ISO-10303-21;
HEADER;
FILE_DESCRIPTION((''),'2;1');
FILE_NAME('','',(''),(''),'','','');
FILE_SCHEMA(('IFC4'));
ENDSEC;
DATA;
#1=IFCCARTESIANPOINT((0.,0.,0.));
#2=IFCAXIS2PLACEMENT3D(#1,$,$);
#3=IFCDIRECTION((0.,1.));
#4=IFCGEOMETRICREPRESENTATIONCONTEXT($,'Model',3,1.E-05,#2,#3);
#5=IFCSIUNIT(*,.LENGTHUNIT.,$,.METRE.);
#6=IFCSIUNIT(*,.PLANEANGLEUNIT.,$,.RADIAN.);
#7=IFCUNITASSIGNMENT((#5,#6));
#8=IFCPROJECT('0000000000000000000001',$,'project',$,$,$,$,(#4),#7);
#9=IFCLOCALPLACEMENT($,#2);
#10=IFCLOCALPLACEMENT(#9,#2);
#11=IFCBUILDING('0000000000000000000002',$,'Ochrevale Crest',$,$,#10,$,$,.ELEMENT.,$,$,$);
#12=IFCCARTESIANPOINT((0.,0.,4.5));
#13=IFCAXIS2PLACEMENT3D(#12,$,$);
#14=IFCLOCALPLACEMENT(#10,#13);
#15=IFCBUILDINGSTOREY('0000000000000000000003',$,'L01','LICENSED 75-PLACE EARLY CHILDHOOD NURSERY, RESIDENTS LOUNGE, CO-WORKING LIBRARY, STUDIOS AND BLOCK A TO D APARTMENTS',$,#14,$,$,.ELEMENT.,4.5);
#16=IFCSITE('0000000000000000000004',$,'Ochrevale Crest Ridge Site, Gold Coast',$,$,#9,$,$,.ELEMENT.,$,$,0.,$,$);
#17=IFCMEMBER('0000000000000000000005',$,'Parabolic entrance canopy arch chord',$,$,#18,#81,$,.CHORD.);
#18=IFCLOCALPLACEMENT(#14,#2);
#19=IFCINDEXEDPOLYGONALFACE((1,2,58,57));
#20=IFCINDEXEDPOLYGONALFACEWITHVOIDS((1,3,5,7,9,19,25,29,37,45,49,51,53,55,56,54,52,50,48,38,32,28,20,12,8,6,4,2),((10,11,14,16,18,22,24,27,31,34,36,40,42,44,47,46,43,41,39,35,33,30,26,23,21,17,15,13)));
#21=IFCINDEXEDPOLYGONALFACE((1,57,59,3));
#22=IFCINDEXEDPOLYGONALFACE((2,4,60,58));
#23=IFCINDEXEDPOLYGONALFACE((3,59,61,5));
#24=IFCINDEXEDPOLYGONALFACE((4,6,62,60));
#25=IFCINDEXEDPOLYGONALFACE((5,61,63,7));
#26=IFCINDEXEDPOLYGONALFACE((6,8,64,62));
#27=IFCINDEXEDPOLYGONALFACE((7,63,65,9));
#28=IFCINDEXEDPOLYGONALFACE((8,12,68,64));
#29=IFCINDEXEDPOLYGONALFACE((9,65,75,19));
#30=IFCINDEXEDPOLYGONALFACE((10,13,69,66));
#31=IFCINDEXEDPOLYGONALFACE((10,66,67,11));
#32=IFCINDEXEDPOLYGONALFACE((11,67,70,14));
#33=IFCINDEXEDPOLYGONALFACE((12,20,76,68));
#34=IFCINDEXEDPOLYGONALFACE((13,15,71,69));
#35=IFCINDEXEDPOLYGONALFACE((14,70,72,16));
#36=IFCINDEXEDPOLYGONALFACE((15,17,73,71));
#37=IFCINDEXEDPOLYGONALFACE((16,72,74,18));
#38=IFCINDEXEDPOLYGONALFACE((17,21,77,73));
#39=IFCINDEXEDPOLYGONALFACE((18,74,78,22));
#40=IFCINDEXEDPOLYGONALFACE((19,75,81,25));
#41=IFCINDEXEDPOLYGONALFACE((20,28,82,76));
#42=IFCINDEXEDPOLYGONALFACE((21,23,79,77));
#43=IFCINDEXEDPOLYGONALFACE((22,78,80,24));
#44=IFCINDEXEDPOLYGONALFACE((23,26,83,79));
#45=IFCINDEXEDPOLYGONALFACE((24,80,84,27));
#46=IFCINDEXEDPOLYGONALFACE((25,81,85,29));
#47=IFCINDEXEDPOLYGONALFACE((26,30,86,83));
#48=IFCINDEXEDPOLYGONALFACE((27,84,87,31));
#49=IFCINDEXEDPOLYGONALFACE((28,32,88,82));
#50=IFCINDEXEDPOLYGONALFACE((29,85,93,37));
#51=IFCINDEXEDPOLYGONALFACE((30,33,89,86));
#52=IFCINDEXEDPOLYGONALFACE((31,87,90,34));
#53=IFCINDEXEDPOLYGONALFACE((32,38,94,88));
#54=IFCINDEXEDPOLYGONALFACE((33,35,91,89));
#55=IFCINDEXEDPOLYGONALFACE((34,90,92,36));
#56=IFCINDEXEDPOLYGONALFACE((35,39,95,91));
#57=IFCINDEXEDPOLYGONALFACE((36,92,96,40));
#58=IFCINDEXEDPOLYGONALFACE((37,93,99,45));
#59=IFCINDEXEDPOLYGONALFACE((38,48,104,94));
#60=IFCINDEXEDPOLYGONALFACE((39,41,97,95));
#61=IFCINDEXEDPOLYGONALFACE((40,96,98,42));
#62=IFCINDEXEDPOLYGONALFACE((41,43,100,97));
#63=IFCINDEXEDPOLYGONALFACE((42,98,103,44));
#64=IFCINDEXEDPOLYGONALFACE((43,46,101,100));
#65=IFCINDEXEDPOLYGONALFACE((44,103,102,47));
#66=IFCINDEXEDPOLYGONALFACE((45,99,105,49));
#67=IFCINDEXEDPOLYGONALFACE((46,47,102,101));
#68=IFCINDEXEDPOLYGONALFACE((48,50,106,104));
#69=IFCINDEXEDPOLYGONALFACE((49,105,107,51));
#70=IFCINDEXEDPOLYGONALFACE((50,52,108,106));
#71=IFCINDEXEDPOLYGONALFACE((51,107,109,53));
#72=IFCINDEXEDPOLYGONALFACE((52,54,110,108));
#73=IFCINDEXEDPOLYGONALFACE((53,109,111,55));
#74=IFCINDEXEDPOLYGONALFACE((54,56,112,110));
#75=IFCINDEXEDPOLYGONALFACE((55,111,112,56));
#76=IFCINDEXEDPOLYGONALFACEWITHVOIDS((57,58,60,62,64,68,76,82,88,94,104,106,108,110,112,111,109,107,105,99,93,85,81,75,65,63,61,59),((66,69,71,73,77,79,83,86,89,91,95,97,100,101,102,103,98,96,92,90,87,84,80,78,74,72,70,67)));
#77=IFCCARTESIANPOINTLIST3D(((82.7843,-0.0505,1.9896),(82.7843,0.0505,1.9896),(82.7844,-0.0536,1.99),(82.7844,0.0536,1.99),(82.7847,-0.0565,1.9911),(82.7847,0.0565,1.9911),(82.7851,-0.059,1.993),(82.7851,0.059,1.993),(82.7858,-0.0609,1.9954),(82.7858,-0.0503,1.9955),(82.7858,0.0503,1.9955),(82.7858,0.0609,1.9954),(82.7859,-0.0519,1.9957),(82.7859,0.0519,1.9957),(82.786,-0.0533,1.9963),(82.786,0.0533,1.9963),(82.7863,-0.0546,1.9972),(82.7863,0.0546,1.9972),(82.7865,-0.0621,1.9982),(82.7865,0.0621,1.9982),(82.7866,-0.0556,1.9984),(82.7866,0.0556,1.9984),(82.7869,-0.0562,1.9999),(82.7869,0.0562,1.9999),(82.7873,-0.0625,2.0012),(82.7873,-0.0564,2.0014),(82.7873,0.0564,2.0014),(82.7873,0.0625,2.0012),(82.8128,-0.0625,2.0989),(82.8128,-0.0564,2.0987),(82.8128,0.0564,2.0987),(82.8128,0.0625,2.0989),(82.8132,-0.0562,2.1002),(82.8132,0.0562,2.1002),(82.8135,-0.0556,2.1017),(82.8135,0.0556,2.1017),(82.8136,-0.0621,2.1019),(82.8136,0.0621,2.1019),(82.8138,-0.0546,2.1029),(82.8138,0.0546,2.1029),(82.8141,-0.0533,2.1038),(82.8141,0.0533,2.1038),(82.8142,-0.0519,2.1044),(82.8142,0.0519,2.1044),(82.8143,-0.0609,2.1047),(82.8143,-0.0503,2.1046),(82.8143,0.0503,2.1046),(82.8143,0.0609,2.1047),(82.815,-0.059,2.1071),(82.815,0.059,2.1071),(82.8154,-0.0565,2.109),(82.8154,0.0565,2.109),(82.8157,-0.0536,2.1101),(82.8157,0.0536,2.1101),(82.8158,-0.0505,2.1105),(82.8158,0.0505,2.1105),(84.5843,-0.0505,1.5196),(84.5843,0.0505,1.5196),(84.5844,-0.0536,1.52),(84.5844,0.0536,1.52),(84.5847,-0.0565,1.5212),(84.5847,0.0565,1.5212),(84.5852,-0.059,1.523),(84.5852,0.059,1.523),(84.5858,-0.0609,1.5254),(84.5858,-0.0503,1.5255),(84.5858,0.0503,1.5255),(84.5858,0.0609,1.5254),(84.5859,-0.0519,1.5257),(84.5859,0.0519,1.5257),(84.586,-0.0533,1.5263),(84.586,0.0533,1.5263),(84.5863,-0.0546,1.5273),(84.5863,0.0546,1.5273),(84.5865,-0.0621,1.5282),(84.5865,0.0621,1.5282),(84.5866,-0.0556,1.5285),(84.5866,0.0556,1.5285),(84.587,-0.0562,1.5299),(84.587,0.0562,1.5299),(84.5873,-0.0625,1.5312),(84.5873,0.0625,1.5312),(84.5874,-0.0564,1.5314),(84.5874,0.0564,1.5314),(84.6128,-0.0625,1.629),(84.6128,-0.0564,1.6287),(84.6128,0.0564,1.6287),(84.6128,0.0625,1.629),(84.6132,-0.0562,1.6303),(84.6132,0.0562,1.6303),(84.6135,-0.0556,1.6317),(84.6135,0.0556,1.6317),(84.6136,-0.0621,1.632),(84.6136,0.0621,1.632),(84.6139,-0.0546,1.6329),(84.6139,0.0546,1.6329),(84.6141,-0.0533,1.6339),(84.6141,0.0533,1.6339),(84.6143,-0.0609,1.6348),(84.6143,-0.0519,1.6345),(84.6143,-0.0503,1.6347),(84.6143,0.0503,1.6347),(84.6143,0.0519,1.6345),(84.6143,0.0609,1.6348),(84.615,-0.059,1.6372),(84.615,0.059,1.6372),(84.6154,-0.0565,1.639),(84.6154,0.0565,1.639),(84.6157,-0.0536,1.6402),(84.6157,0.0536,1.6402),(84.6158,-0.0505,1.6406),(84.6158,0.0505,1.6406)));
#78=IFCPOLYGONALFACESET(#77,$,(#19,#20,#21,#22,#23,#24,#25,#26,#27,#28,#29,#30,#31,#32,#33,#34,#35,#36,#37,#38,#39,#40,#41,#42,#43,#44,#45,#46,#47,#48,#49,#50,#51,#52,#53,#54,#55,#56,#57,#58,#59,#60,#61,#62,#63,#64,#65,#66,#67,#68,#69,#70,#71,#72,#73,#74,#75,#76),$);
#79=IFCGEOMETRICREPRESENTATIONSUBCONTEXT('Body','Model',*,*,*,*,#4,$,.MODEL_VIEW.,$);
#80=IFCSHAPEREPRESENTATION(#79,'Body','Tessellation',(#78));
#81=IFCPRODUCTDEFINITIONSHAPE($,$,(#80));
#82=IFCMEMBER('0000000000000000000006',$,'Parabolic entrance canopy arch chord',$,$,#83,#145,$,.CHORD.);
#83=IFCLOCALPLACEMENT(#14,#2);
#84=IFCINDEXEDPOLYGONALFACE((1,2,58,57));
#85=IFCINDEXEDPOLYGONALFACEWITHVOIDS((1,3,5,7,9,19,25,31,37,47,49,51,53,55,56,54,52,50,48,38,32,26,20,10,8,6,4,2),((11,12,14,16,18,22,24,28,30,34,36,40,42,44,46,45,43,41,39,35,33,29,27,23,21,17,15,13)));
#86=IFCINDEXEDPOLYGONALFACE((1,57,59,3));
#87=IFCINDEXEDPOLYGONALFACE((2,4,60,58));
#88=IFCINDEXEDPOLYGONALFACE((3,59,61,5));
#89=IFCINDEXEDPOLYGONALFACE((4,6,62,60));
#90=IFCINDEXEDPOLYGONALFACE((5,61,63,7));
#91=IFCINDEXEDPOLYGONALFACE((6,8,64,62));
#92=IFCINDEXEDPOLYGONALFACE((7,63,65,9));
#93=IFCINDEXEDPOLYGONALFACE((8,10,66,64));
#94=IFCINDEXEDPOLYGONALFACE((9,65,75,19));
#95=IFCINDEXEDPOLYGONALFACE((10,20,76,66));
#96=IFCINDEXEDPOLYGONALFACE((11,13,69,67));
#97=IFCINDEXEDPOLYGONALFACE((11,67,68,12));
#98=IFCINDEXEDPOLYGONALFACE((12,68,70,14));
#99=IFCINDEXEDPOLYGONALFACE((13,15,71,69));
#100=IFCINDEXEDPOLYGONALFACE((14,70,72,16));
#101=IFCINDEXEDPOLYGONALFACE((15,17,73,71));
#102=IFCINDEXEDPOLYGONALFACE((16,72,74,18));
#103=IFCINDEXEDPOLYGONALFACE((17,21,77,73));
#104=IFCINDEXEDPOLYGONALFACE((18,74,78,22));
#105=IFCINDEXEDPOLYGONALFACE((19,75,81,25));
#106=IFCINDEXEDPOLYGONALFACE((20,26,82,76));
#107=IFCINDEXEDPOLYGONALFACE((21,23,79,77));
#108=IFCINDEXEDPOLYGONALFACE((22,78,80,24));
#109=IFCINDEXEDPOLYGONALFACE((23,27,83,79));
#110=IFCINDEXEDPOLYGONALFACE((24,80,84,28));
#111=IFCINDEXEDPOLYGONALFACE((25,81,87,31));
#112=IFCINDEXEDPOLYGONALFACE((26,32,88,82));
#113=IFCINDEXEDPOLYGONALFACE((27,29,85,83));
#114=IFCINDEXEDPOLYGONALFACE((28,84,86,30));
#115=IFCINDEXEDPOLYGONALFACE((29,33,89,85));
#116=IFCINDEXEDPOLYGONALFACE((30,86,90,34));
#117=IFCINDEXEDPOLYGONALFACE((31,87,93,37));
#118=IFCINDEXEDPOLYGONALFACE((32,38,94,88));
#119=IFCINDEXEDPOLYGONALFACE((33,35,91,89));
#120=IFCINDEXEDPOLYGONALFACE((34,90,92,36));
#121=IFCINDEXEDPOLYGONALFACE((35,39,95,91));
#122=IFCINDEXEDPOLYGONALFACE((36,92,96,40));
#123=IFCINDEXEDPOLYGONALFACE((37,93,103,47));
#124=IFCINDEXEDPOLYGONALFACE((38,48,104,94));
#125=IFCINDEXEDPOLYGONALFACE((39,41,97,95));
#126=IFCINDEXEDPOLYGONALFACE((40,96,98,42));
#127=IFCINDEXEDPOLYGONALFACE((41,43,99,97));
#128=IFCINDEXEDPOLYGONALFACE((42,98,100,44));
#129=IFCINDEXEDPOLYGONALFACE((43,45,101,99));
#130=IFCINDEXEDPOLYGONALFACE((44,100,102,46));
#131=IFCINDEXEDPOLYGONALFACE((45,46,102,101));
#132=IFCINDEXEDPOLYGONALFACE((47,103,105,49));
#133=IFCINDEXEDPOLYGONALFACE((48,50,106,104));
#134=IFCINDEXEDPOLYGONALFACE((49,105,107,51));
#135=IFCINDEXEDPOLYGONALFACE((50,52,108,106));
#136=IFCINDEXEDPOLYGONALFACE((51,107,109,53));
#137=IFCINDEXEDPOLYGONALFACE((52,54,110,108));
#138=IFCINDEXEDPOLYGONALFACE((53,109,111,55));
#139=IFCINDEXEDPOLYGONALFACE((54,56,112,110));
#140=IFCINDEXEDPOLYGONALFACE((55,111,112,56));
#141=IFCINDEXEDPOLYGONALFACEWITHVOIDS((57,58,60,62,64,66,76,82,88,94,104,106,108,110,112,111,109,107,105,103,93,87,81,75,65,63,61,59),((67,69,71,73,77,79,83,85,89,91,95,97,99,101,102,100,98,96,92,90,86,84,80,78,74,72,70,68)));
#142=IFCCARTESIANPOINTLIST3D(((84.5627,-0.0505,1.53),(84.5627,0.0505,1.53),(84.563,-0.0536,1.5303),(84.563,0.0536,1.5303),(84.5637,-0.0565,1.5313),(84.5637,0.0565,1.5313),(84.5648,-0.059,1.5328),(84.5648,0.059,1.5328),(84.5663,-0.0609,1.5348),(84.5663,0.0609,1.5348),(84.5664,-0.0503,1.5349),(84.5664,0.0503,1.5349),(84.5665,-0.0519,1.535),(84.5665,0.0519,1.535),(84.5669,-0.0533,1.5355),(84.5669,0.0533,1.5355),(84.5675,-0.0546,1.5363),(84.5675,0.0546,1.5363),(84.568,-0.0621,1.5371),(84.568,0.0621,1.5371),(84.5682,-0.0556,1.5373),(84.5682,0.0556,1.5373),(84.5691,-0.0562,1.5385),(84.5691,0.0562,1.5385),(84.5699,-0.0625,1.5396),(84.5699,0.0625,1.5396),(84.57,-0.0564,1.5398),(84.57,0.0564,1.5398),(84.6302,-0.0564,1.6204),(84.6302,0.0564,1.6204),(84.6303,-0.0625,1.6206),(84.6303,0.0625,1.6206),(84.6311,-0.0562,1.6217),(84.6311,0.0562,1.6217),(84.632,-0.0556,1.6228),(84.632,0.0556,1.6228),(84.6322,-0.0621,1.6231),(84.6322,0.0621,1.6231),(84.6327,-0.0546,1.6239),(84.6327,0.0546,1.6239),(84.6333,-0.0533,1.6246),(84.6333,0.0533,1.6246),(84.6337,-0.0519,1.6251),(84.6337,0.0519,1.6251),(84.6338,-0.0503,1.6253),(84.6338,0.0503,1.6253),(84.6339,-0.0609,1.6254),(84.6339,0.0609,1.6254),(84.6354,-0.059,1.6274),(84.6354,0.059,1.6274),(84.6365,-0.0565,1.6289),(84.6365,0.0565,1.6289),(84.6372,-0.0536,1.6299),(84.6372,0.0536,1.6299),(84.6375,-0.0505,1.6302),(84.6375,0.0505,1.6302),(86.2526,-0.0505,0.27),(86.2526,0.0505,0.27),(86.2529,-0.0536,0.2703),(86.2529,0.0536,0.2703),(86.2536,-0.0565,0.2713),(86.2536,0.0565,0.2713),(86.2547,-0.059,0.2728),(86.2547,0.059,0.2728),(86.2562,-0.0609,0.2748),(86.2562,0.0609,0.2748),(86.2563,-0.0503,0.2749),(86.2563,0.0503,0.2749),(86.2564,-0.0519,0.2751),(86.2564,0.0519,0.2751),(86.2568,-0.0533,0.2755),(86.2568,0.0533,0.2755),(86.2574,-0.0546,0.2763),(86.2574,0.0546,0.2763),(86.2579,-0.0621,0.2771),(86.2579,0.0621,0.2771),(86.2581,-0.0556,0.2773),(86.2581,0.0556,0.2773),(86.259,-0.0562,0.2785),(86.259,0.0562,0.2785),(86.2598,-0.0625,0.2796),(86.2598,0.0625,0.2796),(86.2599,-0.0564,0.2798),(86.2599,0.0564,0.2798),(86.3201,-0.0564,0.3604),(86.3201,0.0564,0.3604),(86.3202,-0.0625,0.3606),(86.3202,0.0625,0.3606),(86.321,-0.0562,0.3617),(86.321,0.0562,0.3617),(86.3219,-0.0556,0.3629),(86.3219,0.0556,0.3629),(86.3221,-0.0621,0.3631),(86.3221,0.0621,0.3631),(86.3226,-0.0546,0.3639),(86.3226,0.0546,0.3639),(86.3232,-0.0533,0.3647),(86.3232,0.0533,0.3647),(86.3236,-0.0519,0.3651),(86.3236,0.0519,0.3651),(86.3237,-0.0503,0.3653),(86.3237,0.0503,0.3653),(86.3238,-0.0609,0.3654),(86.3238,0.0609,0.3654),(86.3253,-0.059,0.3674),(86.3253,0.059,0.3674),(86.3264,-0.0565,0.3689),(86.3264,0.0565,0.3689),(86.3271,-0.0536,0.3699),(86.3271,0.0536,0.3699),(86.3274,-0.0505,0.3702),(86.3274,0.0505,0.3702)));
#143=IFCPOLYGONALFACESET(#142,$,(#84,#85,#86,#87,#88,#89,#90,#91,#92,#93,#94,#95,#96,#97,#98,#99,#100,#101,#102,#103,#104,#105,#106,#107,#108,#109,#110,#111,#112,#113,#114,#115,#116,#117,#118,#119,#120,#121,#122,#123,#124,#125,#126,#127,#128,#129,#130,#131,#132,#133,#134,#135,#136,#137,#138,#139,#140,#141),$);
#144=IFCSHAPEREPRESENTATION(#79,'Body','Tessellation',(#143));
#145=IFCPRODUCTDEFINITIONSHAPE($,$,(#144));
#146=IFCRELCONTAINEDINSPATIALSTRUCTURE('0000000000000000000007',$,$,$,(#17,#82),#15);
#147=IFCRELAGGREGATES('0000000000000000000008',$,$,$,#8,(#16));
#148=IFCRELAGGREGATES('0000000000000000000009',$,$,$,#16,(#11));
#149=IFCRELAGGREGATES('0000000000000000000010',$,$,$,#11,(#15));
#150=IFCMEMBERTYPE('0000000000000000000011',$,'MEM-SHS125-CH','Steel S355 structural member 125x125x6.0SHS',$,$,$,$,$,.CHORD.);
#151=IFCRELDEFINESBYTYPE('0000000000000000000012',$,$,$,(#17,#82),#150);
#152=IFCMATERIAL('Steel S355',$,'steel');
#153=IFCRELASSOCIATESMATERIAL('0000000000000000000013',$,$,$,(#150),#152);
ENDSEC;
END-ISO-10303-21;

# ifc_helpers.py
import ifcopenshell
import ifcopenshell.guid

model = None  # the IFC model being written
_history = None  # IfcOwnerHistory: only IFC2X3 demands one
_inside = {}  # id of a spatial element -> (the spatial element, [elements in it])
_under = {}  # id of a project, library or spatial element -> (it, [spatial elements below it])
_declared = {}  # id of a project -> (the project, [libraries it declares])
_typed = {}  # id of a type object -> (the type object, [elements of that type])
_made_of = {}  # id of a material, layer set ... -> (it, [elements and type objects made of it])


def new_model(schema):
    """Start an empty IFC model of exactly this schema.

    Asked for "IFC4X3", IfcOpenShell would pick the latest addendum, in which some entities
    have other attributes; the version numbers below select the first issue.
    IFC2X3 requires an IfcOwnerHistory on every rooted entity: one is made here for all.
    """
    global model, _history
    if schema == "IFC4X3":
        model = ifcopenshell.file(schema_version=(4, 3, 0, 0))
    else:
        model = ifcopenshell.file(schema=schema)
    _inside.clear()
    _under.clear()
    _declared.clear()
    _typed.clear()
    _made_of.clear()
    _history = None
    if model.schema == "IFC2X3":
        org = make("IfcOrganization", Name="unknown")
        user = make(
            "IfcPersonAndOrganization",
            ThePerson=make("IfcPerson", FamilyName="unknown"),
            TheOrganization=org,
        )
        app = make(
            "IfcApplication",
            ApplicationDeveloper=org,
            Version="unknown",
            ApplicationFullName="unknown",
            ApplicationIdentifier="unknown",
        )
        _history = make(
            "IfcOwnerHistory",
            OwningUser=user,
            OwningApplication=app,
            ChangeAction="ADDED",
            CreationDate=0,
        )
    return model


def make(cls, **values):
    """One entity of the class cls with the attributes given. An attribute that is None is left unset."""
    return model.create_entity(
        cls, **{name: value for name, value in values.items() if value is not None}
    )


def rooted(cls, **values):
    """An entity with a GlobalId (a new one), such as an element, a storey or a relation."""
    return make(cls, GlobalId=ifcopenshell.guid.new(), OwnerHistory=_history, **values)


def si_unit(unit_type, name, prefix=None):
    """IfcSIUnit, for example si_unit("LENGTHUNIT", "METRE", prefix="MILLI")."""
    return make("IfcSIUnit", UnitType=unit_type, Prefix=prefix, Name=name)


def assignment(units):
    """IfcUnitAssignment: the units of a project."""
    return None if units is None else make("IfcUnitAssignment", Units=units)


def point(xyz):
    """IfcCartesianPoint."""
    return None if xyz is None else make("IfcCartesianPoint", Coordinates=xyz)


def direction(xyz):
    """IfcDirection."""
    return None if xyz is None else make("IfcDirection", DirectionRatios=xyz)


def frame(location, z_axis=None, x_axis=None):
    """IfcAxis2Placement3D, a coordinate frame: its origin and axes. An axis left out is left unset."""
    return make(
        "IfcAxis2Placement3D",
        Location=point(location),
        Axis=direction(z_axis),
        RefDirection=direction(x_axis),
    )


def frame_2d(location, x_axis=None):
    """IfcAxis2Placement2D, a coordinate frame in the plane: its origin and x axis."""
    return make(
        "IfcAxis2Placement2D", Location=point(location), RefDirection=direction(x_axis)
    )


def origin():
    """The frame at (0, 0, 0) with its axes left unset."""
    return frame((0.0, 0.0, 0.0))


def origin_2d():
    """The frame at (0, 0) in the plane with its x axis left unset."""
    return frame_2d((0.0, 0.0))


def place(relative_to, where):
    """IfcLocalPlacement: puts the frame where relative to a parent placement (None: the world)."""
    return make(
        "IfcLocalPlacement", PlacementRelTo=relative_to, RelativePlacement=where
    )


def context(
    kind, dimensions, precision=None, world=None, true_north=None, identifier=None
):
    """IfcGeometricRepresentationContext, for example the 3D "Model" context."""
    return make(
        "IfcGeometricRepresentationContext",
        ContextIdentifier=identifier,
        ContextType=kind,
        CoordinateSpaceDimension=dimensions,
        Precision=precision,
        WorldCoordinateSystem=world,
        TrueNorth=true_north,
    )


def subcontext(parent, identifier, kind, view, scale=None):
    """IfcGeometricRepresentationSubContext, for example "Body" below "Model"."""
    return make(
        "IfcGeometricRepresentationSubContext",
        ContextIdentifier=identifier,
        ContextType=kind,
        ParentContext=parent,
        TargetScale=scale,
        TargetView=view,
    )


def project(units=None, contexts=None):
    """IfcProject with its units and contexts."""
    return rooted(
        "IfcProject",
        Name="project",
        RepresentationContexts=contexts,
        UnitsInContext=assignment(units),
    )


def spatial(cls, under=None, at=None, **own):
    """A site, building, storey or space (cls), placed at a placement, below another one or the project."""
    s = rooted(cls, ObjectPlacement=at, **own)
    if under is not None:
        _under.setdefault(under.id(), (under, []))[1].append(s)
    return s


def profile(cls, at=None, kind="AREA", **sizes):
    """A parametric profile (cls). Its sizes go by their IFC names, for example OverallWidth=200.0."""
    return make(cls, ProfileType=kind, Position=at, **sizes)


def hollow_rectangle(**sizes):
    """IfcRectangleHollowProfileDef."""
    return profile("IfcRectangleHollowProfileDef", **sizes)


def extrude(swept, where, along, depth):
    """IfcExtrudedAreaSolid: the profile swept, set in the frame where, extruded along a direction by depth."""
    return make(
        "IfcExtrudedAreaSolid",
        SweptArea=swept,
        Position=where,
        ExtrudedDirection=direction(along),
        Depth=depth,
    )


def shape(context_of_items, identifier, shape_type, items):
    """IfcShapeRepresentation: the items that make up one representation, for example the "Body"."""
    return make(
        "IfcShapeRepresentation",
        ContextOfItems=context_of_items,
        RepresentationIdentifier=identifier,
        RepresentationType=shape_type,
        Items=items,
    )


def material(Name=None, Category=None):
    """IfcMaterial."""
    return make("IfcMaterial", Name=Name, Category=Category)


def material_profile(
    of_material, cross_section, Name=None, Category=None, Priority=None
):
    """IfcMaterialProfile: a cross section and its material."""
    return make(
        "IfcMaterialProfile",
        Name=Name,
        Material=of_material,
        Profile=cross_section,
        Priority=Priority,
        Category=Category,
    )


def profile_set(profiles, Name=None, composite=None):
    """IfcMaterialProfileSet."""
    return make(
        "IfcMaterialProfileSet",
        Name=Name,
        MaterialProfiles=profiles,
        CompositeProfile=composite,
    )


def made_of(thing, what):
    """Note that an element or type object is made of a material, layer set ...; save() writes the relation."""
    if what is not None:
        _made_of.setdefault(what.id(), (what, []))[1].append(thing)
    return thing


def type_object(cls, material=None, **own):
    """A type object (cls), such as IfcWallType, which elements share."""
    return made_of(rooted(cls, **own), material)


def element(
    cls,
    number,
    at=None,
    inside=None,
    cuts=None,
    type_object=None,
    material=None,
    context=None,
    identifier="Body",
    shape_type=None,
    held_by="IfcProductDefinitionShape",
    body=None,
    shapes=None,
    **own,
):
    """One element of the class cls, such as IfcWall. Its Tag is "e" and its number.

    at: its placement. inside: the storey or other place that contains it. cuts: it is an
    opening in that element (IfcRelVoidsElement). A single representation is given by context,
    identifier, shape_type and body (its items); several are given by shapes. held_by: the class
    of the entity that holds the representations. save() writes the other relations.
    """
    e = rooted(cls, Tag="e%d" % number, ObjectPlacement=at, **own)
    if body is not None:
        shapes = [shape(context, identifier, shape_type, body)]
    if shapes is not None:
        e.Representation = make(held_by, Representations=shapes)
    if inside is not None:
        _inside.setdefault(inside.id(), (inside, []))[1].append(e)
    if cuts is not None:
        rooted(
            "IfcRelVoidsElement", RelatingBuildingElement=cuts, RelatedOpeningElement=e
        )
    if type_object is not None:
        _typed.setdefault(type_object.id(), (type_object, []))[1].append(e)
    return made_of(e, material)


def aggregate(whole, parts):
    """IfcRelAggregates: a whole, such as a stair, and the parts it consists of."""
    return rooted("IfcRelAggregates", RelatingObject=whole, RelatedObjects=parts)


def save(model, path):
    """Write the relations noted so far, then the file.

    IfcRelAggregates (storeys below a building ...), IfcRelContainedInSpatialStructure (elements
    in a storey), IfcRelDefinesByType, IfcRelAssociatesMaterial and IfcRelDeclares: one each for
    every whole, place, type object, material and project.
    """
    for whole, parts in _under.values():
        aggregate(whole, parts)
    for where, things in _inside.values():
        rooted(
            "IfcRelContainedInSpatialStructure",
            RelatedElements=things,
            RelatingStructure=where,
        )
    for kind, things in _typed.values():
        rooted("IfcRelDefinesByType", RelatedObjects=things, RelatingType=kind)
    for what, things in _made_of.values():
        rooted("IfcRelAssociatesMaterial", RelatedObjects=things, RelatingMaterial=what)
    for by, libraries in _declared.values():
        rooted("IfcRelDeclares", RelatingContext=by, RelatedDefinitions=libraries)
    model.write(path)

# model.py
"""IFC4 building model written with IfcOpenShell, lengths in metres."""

from ifc_helpers import new_model, si_unit, direction, frame, origin, origin_2d, place, context, subcontext, project, spatial, hollow_rectangle, extrude, material, material_profile, profile_set, type_object, element, save


model = new_model("IFC4")

# Units and contexts
model_context = context("Model", 3, precision=1e-05, world=origin(), true_north=direction((0.0, 1.0)))
body_context = subcontext(model_context, "Body", "Model", "MODEL_VIEW")
ifc_project = project(units=[si_unit("LENGTHUNIT", "METRE"), si_unit("PLANEANGLEUNIT", "RADIAN")], contexts=[model_context])

# Site, building, storey
site_placement = place(None, origin())
site = spatial("IfcSite", under=ifc_project, at=site_placement, Name="Ochrevale Crest Ridge Site, Gold Coast", CompositionType="ELEMENT", RefElevation=0.0)
building_placement = place(site_placement, origin())
building = spatial("IfcBuilding", under=site, at=building_placement, Name="Ochrevale Crest", CompositionType="ELEMENT")
storey_placement = place(building_placement, frame((0.0, 0.0, 4.5)))
storey = spatial("IfcBuildingStorey", under=building, at=storey_placement, Name="L01", Description="LICENSED 75-PLACE EARLY CHILDHOOD NURSERY, RESIDENTS LOUNGE, CO-WORKING LIBRARY, STUDIOS AND BLOCK A TO D APARTMENTS", CompositionType="ELEMENT", Elevation=4.5)

# Shared definitions
ifc_material_1 = material(Name="Steel S355", Category="steel")

# Members
ifc_material_profile_1 = material_profile(ifc_material_1, hollow_rectangle(XDim=0.125, YDim=0.125, WallThickness=0.0061, InnerFilletRadius=0.0061, OuterFilletRadius=0.012, at=origin_2d()), Name="125x125x6.0SHS")
ifc_profile_set_1 = profile_set([ifc_material_profile_1], Name="Steel S355")
member_type = type_object("IfcMemberType", Name="MEM-SHS125-CH", Description="Steel S355 structural member 125x125x6.0SHS", PredefinedType="CHORD", material=ifc_profile_set_1)
for number, where, z_axis, x_axis, name in (
    (1, (82.8, 0.0, 2.05), (0.967566, 0.0, -0.25262), (0.0, 1.0, 0.0), "Parabolic entrance canopy arch chord"),
):
    element("IfcMember", number, at=place(storey_placement, frame(where, z_axis=z_axis, x_axis=x_axis)), inside=storey, type_object=member_type, Name=name, PredefinedType="CHORD", context=body_context, shape_type="SweptSolid", body=[
        extrude(hollow_rectangle(XDim=0.125, YDim=0.125, WallThickness=0.0061, InnerFilletRadius=0.0061, OuterFilletRadius=0.012, at=origin_2d()), origin(), (0.0, 0.0, 1.0), 1.8604),
    ])
member_1_placement = place(storey_placement, frame((84.6001, 0.0, 1.5801), z_axis=(0.801692, 0.0, -0.597737), x_axis=(0.0, 1.0, 0.0)))
element("IfcMember", 2, at=member_1_placement, inside=storey, type_object=member_type, Name="Parabolic entrance canopy arch chord", PredefinedType="CHORD", context=body_context, shape_type="SweptSolid", body=[
    extrude(hollow_rectangle(XDim=0.125, YDim=0.125, WallThickness=0.0061, InnerFilletRadius=0.0061, OuterFilletRadius=0.012, at=origin_2d()), origin(), (0.0, 0.0, 1.0), 2.1079),
])

save(model, "model.ifc")
